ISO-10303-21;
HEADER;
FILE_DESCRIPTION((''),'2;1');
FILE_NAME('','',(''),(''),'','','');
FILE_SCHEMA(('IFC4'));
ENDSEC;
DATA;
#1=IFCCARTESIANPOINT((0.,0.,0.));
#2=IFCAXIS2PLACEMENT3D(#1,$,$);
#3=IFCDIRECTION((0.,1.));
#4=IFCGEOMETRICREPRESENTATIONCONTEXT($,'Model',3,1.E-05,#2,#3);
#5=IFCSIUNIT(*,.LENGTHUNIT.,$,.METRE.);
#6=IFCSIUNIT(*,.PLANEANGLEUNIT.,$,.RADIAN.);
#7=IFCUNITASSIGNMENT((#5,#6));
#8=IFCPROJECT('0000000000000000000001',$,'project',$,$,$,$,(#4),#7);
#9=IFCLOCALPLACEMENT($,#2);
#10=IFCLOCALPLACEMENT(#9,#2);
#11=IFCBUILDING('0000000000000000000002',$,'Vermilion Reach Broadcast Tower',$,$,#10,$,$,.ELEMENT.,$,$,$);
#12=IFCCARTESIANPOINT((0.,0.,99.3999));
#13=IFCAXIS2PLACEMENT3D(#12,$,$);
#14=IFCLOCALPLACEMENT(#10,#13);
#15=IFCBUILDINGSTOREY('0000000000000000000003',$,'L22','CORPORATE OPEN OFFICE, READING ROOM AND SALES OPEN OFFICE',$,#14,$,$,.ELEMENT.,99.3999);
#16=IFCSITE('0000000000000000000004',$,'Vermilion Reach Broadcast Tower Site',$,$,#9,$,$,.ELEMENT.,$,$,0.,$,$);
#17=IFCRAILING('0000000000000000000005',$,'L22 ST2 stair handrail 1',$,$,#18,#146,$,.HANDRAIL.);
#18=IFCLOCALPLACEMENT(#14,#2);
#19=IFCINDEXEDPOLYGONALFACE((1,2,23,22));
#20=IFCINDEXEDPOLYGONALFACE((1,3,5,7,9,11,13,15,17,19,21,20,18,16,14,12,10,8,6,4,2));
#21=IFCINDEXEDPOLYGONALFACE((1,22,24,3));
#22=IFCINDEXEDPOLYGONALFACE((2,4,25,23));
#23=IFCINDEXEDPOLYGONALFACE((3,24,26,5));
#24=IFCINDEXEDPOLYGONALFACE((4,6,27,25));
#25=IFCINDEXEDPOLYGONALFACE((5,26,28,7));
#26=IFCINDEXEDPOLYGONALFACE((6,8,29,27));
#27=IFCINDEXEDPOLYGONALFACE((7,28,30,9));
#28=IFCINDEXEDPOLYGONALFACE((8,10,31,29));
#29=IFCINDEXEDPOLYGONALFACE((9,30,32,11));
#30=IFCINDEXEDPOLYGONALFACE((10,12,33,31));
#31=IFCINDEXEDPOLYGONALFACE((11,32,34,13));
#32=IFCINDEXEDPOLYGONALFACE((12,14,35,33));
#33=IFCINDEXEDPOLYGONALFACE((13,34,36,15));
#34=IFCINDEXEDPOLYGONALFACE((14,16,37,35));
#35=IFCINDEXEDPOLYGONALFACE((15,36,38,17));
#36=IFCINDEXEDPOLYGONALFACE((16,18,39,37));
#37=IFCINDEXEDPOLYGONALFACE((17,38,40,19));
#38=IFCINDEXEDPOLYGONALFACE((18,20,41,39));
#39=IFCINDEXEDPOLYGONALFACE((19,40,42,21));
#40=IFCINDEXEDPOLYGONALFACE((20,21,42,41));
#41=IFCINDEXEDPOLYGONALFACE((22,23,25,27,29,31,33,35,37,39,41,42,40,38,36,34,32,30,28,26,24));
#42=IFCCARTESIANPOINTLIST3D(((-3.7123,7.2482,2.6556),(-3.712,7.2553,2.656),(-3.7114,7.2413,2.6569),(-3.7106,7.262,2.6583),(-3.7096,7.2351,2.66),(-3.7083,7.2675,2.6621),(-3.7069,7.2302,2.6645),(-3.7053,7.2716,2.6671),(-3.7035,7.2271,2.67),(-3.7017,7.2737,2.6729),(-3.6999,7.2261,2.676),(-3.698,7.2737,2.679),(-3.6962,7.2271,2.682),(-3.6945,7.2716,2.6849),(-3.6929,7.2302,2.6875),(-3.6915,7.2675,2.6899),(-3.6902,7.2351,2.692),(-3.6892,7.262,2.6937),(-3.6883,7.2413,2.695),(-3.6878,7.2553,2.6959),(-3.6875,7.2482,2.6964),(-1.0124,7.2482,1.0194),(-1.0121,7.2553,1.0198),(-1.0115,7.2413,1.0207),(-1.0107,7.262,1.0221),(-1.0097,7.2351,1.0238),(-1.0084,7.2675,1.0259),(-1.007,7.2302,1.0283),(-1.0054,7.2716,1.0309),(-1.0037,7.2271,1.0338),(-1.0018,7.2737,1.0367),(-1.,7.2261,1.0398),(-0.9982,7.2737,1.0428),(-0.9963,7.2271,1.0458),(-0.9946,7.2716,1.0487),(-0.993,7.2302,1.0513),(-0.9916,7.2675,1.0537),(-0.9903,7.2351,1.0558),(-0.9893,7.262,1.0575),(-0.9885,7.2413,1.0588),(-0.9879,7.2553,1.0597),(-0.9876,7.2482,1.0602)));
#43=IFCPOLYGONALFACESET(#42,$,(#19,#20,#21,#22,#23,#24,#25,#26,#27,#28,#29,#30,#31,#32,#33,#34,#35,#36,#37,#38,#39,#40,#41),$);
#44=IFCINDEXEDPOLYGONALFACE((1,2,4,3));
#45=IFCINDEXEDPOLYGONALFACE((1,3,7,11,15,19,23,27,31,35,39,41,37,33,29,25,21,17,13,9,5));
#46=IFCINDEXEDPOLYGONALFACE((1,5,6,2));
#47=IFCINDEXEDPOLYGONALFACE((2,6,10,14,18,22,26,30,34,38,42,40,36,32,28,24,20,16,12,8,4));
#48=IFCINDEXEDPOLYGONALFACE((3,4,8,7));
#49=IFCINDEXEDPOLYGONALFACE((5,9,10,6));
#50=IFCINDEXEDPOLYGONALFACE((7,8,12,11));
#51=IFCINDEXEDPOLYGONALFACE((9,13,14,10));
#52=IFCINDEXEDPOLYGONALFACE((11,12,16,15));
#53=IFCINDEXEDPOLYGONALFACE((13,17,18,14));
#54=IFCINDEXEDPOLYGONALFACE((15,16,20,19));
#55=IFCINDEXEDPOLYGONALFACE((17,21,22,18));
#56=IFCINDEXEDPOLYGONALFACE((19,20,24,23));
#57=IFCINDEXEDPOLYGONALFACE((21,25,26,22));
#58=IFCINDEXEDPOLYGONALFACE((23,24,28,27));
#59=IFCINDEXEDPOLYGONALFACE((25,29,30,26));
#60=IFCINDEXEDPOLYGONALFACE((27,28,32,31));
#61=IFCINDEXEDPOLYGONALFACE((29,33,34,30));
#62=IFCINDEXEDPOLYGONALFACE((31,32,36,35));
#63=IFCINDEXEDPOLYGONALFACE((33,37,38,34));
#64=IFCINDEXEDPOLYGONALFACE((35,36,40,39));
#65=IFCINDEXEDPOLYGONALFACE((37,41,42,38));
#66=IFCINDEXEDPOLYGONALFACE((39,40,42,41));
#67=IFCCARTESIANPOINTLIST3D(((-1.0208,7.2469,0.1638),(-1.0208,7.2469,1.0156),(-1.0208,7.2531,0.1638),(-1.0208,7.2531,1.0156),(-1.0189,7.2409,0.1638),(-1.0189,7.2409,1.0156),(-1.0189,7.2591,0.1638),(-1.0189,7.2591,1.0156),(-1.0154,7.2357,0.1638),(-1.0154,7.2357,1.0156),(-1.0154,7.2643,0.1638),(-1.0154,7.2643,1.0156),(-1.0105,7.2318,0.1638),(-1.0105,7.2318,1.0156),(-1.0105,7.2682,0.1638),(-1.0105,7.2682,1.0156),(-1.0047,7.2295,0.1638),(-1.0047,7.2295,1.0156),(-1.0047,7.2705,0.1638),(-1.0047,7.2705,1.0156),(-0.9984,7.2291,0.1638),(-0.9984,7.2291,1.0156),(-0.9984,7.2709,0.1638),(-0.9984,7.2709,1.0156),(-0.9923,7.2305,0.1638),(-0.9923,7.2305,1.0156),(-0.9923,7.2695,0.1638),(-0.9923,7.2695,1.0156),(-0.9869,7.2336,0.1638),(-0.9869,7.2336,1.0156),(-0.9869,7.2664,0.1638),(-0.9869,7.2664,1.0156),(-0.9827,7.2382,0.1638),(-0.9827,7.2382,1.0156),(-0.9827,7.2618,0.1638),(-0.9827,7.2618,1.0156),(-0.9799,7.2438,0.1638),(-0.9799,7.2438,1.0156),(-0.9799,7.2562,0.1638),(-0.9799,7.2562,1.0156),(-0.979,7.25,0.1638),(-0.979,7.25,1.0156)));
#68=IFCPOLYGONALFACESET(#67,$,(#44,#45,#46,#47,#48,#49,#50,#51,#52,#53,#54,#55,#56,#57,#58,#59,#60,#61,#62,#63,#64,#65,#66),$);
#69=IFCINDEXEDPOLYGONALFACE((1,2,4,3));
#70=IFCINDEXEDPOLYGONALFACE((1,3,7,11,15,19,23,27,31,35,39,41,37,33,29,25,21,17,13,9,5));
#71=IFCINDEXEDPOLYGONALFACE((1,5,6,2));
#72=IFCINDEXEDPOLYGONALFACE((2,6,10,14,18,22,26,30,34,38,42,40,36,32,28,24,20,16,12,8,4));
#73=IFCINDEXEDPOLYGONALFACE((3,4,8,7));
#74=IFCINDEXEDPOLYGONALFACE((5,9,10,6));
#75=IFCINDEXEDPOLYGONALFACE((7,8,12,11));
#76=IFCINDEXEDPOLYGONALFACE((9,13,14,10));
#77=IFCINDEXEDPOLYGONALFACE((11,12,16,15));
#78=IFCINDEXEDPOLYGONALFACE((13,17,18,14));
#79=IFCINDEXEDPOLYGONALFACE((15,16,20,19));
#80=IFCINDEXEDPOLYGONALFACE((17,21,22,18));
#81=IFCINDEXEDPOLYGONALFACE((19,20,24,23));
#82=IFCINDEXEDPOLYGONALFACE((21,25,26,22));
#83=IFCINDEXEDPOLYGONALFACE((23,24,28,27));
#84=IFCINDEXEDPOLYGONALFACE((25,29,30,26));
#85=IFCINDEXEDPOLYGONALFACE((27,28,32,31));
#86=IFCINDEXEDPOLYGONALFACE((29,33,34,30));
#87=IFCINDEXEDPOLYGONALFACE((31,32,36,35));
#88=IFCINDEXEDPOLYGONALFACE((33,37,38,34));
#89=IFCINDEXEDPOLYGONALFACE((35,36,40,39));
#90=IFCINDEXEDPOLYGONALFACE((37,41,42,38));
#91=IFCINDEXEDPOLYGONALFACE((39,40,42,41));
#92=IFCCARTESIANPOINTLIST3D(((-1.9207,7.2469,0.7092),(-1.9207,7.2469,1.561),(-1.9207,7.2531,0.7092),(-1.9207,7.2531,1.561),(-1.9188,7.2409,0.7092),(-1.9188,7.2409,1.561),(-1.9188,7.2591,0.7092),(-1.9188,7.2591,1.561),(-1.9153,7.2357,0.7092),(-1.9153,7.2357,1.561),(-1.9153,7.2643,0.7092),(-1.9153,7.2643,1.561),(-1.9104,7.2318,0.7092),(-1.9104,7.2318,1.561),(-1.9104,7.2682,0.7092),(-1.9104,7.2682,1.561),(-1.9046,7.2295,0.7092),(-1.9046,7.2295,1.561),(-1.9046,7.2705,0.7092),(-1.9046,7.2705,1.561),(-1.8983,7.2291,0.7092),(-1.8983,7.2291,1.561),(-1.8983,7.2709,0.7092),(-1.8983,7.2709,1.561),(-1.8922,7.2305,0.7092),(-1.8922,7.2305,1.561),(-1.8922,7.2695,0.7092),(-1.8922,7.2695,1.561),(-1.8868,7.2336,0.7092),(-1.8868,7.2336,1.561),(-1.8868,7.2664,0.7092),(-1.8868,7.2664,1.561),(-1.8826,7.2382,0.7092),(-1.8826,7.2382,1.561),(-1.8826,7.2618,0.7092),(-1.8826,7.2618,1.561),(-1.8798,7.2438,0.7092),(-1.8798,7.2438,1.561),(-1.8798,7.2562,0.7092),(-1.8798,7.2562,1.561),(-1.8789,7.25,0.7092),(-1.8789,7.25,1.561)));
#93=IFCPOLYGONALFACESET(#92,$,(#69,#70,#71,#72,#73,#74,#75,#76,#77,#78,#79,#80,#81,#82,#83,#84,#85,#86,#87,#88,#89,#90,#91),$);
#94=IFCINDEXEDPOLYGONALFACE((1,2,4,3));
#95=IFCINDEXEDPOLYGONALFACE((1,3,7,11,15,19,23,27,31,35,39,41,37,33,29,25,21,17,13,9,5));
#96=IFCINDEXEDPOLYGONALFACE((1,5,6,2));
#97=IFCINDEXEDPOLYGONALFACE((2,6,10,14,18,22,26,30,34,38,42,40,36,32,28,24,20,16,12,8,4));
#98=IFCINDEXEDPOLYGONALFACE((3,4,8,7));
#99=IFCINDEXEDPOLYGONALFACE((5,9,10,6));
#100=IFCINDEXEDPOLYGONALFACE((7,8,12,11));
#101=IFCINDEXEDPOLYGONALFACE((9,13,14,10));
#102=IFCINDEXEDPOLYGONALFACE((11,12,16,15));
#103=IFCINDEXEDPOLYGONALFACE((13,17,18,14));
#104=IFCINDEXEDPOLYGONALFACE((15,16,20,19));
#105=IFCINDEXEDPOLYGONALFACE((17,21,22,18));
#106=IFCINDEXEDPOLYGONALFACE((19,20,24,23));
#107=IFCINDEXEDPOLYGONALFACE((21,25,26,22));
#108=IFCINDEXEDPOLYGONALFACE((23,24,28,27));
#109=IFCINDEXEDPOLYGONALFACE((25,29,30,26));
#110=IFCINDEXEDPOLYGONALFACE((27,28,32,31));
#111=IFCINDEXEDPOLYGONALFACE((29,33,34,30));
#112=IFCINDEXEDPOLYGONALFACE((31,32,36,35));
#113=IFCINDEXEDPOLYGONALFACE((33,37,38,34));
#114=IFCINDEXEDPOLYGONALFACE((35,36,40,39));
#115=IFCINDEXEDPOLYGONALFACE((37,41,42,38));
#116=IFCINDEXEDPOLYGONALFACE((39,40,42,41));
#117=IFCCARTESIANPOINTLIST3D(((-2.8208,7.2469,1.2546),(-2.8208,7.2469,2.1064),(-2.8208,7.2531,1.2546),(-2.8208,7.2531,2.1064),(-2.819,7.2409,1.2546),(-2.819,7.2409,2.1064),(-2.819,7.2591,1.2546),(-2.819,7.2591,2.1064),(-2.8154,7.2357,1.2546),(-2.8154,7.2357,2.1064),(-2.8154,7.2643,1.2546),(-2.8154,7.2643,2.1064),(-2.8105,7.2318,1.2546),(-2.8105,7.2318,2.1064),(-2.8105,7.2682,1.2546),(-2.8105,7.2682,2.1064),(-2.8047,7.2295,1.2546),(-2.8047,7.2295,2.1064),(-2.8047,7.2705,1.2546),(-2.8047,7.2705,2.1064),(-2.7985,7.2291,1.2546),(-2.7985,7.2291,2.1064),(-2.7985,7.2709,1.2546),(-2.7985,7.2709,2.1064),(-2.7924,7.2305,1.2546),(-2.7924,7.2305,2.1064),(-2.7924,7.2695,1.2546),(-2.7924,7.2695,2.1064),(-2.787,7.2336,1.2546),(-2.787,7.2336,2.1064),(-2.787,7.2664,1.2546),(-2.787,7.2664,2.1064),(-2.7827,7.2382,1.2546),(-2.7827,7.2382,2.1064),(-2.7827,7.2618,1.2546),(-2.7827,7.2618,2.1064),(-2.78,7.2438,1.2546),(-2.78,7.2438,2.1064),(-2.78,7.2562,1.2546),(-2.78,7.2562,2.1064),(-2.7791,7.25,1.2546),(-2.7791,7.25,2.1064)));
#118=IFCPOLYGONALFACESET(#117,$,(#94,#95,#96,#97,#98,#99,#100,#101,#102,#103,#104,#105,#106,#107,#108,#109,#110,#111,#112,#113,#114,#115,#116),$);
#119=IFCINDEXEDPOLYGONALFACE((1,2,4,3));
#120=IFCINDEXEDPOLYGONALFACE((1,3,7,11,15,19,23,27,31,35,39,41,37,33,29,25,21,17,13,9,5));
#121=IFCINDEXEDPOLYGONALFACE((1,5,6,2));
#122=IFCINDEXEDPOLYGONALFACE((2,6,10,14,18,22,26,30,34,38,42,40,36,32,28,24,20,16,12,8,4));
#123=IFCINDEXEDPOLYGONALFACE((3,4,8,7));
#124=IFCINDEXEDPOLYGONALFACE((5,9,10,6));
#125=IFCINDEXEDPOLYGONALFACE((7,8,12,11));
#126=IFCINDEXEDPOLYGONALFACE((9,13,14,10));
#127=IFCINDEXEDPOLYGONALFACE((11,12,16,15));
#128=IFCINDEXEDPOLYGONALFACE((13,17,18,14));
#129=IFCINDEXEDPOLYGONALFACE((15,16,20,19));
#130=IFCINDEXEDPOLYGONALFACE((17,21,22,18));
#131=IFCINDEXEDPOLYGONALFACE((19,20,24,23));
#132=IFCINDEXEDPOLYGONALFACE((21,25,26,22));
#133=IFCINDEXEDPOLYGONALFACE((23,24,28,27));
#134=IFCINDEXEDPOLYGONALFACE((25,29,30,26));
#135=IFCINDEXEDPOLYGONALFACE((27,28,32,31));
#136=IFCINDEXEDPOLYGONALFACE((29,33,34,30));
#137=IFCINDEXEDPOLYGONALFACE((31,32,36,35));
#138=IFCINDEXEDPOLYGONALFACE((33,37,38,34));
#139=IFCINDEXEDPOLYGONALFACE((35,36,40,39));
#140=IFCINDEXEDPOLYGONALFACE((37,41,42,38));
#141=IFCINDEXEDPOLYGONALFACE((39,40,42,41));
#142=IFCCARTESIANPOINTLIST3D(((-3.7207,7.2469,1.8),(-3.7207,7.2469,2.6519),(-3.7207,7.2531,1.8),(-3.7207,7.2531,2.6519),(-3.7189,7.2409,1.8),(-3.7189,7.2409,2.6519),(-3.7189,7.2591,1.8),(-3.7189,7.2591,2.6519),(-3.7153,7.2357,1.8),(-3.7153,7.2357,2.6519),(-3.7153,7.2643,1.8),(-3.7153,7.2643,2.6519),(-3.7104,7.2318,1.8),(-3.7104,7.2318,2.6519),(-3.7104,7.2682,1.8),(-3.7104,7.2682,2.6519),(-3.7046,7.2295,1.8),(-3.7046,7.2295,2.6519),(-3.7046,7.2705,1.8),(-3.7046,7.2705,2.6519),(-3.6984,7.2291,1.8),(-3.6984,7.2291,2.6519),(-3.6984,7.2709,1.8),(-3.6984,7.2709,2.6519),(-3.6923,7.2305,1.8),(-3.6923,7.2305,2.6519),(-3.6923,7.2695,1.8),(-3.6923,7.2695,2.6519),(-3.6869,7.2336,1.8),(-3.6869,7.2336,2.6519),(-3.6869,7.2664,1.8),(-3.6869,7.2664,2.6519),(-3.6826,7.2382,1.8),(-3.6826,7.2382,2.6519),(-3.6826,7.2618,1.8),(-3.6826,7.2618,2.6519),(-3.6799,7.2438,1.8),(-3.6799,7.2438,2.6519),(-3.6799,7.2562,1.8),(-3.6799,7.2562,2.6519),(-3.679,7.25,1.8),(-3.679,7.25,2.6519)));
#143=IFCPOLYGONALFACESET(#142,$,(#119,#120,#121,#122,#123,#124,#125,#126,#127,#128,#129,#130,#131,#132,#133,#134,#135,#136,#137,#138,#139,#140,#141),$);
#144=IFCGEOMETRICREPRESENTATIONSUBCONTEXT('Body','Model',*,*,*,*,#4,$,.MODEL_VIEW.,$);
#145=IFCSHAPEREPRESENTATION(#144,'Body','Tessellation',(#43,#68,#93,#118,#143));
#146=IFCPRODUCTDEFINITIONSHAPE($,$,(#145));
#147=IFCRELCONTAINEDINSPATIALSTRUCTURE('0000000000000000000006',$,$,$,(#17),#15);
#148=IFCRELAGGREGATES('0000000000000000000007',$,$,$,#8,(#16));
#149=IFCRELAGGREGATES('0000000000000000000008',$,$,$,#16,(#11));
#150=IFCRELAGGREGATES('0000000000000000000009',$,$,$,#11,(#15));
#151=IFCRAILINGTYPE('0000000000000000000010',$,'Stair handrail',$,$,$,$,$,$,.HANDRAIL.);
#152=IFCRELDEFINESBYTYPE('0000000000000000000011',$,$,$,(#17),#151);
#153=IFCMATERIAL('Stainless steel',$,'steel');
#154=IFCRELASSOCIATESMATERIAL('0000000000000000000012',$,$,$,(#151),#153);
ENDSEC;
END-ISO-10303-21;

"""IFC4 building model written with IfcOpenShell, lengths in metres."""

from ifc_helpers import new_model, si_unit, direction, frame, origin, origin_2d, place, context, subcontext, project, spatial, circle, extrude, material, type_object, element, save


model = new_model("IFC4")

# Units and contexts
model_context = context("Model", 3, precision=1e-05, world=origin(), true_north=direction((0.0, 1.0)))
body_context = subcontext(model_context, "Body", "Model", "MODEL_VIEW")
ifc_project = project(units=[si_unit("LENGTHUNIT", "METRE"), si_unit("PLANEANGLEUNIT", "RADIAN")], contexts=[model_context])

# Site, building, storey
site_placement = place(None, origin())
site = spatial("IfcSite", under=ifc_project, at=site_placement, Name="Vermilion Reach Broadcast Tower Site", CompositionType="ELEMENT", RefElevation=0.0)
building_placement = place(site_placement, origin())
building = spatial("IfcBuilding", under=site, at=building_placement, Name="Vermilion Reach Broadcast Tower", CompositionType="ELEMENT")
storey_placement = place(building_placement, frame((0.0, 0.0, 99.3999)))
storey = spatial("IfcBuildingStorey", under=building, at=storey_placement, Name="L22", Description="CORPORATE OPEN OFFICE, READING ROOM AND SALES OPEN OFFICE", CompositionType="ELEMENT", Elevation=99.3999)

# Railing
ifc_material_1 = material(Name="Stainless steel", Category="steel")
railing_type_1 = type_object("IfcRailingType", Name="Stair handrail", PredefinedType="HANDRAIL", material=ifc_material_1)
railing_1_placement = place(storey_placement, frame((-1.0, 7.25, 0.1638)))
element("IfcRailing", 1, at=railing_1_placement, inside=storey, type_object=railing_type_1, Name="L22 ST2 stair handrail 1", PredefinedType="HANDRAIL", context=body_context, shape_type="SweptSolid", body=[
    extrude(circle(Radius=0.0239, at=origin_2d()), frame((0.0, 0.0, 0.876), z_axis=(-0.855212, 0.0, 0.518278), x_axis=(0.0, -1.0, 0.0)), (0.0, 0.0, 1.0), 3.157),
    extrude(circle(Radius=0.021, at=origin_2d()), origin(), (0.0, 0.0, 1.0), 0.8518),
    extrude(circle(Radius=0.021, at=origin_2d()), frame((-0.8999, 0.0, 0.5454)), (0.0, 0.0, 1.0), 0.8518),
    extrude(circle(Radius=0.021, at=origin_2d()), frame((-1.8, 0.0, 1.0908)), (0.0, 0.0, 1.0), 0.8518),
    extrude(circle(Radius=0.021, at=origin_2d()), frame((-2.7, 0.0, 1.6362)), (0.0, 0.0, 1.0), 0.8518),
])

save(model, "model.ifc")
